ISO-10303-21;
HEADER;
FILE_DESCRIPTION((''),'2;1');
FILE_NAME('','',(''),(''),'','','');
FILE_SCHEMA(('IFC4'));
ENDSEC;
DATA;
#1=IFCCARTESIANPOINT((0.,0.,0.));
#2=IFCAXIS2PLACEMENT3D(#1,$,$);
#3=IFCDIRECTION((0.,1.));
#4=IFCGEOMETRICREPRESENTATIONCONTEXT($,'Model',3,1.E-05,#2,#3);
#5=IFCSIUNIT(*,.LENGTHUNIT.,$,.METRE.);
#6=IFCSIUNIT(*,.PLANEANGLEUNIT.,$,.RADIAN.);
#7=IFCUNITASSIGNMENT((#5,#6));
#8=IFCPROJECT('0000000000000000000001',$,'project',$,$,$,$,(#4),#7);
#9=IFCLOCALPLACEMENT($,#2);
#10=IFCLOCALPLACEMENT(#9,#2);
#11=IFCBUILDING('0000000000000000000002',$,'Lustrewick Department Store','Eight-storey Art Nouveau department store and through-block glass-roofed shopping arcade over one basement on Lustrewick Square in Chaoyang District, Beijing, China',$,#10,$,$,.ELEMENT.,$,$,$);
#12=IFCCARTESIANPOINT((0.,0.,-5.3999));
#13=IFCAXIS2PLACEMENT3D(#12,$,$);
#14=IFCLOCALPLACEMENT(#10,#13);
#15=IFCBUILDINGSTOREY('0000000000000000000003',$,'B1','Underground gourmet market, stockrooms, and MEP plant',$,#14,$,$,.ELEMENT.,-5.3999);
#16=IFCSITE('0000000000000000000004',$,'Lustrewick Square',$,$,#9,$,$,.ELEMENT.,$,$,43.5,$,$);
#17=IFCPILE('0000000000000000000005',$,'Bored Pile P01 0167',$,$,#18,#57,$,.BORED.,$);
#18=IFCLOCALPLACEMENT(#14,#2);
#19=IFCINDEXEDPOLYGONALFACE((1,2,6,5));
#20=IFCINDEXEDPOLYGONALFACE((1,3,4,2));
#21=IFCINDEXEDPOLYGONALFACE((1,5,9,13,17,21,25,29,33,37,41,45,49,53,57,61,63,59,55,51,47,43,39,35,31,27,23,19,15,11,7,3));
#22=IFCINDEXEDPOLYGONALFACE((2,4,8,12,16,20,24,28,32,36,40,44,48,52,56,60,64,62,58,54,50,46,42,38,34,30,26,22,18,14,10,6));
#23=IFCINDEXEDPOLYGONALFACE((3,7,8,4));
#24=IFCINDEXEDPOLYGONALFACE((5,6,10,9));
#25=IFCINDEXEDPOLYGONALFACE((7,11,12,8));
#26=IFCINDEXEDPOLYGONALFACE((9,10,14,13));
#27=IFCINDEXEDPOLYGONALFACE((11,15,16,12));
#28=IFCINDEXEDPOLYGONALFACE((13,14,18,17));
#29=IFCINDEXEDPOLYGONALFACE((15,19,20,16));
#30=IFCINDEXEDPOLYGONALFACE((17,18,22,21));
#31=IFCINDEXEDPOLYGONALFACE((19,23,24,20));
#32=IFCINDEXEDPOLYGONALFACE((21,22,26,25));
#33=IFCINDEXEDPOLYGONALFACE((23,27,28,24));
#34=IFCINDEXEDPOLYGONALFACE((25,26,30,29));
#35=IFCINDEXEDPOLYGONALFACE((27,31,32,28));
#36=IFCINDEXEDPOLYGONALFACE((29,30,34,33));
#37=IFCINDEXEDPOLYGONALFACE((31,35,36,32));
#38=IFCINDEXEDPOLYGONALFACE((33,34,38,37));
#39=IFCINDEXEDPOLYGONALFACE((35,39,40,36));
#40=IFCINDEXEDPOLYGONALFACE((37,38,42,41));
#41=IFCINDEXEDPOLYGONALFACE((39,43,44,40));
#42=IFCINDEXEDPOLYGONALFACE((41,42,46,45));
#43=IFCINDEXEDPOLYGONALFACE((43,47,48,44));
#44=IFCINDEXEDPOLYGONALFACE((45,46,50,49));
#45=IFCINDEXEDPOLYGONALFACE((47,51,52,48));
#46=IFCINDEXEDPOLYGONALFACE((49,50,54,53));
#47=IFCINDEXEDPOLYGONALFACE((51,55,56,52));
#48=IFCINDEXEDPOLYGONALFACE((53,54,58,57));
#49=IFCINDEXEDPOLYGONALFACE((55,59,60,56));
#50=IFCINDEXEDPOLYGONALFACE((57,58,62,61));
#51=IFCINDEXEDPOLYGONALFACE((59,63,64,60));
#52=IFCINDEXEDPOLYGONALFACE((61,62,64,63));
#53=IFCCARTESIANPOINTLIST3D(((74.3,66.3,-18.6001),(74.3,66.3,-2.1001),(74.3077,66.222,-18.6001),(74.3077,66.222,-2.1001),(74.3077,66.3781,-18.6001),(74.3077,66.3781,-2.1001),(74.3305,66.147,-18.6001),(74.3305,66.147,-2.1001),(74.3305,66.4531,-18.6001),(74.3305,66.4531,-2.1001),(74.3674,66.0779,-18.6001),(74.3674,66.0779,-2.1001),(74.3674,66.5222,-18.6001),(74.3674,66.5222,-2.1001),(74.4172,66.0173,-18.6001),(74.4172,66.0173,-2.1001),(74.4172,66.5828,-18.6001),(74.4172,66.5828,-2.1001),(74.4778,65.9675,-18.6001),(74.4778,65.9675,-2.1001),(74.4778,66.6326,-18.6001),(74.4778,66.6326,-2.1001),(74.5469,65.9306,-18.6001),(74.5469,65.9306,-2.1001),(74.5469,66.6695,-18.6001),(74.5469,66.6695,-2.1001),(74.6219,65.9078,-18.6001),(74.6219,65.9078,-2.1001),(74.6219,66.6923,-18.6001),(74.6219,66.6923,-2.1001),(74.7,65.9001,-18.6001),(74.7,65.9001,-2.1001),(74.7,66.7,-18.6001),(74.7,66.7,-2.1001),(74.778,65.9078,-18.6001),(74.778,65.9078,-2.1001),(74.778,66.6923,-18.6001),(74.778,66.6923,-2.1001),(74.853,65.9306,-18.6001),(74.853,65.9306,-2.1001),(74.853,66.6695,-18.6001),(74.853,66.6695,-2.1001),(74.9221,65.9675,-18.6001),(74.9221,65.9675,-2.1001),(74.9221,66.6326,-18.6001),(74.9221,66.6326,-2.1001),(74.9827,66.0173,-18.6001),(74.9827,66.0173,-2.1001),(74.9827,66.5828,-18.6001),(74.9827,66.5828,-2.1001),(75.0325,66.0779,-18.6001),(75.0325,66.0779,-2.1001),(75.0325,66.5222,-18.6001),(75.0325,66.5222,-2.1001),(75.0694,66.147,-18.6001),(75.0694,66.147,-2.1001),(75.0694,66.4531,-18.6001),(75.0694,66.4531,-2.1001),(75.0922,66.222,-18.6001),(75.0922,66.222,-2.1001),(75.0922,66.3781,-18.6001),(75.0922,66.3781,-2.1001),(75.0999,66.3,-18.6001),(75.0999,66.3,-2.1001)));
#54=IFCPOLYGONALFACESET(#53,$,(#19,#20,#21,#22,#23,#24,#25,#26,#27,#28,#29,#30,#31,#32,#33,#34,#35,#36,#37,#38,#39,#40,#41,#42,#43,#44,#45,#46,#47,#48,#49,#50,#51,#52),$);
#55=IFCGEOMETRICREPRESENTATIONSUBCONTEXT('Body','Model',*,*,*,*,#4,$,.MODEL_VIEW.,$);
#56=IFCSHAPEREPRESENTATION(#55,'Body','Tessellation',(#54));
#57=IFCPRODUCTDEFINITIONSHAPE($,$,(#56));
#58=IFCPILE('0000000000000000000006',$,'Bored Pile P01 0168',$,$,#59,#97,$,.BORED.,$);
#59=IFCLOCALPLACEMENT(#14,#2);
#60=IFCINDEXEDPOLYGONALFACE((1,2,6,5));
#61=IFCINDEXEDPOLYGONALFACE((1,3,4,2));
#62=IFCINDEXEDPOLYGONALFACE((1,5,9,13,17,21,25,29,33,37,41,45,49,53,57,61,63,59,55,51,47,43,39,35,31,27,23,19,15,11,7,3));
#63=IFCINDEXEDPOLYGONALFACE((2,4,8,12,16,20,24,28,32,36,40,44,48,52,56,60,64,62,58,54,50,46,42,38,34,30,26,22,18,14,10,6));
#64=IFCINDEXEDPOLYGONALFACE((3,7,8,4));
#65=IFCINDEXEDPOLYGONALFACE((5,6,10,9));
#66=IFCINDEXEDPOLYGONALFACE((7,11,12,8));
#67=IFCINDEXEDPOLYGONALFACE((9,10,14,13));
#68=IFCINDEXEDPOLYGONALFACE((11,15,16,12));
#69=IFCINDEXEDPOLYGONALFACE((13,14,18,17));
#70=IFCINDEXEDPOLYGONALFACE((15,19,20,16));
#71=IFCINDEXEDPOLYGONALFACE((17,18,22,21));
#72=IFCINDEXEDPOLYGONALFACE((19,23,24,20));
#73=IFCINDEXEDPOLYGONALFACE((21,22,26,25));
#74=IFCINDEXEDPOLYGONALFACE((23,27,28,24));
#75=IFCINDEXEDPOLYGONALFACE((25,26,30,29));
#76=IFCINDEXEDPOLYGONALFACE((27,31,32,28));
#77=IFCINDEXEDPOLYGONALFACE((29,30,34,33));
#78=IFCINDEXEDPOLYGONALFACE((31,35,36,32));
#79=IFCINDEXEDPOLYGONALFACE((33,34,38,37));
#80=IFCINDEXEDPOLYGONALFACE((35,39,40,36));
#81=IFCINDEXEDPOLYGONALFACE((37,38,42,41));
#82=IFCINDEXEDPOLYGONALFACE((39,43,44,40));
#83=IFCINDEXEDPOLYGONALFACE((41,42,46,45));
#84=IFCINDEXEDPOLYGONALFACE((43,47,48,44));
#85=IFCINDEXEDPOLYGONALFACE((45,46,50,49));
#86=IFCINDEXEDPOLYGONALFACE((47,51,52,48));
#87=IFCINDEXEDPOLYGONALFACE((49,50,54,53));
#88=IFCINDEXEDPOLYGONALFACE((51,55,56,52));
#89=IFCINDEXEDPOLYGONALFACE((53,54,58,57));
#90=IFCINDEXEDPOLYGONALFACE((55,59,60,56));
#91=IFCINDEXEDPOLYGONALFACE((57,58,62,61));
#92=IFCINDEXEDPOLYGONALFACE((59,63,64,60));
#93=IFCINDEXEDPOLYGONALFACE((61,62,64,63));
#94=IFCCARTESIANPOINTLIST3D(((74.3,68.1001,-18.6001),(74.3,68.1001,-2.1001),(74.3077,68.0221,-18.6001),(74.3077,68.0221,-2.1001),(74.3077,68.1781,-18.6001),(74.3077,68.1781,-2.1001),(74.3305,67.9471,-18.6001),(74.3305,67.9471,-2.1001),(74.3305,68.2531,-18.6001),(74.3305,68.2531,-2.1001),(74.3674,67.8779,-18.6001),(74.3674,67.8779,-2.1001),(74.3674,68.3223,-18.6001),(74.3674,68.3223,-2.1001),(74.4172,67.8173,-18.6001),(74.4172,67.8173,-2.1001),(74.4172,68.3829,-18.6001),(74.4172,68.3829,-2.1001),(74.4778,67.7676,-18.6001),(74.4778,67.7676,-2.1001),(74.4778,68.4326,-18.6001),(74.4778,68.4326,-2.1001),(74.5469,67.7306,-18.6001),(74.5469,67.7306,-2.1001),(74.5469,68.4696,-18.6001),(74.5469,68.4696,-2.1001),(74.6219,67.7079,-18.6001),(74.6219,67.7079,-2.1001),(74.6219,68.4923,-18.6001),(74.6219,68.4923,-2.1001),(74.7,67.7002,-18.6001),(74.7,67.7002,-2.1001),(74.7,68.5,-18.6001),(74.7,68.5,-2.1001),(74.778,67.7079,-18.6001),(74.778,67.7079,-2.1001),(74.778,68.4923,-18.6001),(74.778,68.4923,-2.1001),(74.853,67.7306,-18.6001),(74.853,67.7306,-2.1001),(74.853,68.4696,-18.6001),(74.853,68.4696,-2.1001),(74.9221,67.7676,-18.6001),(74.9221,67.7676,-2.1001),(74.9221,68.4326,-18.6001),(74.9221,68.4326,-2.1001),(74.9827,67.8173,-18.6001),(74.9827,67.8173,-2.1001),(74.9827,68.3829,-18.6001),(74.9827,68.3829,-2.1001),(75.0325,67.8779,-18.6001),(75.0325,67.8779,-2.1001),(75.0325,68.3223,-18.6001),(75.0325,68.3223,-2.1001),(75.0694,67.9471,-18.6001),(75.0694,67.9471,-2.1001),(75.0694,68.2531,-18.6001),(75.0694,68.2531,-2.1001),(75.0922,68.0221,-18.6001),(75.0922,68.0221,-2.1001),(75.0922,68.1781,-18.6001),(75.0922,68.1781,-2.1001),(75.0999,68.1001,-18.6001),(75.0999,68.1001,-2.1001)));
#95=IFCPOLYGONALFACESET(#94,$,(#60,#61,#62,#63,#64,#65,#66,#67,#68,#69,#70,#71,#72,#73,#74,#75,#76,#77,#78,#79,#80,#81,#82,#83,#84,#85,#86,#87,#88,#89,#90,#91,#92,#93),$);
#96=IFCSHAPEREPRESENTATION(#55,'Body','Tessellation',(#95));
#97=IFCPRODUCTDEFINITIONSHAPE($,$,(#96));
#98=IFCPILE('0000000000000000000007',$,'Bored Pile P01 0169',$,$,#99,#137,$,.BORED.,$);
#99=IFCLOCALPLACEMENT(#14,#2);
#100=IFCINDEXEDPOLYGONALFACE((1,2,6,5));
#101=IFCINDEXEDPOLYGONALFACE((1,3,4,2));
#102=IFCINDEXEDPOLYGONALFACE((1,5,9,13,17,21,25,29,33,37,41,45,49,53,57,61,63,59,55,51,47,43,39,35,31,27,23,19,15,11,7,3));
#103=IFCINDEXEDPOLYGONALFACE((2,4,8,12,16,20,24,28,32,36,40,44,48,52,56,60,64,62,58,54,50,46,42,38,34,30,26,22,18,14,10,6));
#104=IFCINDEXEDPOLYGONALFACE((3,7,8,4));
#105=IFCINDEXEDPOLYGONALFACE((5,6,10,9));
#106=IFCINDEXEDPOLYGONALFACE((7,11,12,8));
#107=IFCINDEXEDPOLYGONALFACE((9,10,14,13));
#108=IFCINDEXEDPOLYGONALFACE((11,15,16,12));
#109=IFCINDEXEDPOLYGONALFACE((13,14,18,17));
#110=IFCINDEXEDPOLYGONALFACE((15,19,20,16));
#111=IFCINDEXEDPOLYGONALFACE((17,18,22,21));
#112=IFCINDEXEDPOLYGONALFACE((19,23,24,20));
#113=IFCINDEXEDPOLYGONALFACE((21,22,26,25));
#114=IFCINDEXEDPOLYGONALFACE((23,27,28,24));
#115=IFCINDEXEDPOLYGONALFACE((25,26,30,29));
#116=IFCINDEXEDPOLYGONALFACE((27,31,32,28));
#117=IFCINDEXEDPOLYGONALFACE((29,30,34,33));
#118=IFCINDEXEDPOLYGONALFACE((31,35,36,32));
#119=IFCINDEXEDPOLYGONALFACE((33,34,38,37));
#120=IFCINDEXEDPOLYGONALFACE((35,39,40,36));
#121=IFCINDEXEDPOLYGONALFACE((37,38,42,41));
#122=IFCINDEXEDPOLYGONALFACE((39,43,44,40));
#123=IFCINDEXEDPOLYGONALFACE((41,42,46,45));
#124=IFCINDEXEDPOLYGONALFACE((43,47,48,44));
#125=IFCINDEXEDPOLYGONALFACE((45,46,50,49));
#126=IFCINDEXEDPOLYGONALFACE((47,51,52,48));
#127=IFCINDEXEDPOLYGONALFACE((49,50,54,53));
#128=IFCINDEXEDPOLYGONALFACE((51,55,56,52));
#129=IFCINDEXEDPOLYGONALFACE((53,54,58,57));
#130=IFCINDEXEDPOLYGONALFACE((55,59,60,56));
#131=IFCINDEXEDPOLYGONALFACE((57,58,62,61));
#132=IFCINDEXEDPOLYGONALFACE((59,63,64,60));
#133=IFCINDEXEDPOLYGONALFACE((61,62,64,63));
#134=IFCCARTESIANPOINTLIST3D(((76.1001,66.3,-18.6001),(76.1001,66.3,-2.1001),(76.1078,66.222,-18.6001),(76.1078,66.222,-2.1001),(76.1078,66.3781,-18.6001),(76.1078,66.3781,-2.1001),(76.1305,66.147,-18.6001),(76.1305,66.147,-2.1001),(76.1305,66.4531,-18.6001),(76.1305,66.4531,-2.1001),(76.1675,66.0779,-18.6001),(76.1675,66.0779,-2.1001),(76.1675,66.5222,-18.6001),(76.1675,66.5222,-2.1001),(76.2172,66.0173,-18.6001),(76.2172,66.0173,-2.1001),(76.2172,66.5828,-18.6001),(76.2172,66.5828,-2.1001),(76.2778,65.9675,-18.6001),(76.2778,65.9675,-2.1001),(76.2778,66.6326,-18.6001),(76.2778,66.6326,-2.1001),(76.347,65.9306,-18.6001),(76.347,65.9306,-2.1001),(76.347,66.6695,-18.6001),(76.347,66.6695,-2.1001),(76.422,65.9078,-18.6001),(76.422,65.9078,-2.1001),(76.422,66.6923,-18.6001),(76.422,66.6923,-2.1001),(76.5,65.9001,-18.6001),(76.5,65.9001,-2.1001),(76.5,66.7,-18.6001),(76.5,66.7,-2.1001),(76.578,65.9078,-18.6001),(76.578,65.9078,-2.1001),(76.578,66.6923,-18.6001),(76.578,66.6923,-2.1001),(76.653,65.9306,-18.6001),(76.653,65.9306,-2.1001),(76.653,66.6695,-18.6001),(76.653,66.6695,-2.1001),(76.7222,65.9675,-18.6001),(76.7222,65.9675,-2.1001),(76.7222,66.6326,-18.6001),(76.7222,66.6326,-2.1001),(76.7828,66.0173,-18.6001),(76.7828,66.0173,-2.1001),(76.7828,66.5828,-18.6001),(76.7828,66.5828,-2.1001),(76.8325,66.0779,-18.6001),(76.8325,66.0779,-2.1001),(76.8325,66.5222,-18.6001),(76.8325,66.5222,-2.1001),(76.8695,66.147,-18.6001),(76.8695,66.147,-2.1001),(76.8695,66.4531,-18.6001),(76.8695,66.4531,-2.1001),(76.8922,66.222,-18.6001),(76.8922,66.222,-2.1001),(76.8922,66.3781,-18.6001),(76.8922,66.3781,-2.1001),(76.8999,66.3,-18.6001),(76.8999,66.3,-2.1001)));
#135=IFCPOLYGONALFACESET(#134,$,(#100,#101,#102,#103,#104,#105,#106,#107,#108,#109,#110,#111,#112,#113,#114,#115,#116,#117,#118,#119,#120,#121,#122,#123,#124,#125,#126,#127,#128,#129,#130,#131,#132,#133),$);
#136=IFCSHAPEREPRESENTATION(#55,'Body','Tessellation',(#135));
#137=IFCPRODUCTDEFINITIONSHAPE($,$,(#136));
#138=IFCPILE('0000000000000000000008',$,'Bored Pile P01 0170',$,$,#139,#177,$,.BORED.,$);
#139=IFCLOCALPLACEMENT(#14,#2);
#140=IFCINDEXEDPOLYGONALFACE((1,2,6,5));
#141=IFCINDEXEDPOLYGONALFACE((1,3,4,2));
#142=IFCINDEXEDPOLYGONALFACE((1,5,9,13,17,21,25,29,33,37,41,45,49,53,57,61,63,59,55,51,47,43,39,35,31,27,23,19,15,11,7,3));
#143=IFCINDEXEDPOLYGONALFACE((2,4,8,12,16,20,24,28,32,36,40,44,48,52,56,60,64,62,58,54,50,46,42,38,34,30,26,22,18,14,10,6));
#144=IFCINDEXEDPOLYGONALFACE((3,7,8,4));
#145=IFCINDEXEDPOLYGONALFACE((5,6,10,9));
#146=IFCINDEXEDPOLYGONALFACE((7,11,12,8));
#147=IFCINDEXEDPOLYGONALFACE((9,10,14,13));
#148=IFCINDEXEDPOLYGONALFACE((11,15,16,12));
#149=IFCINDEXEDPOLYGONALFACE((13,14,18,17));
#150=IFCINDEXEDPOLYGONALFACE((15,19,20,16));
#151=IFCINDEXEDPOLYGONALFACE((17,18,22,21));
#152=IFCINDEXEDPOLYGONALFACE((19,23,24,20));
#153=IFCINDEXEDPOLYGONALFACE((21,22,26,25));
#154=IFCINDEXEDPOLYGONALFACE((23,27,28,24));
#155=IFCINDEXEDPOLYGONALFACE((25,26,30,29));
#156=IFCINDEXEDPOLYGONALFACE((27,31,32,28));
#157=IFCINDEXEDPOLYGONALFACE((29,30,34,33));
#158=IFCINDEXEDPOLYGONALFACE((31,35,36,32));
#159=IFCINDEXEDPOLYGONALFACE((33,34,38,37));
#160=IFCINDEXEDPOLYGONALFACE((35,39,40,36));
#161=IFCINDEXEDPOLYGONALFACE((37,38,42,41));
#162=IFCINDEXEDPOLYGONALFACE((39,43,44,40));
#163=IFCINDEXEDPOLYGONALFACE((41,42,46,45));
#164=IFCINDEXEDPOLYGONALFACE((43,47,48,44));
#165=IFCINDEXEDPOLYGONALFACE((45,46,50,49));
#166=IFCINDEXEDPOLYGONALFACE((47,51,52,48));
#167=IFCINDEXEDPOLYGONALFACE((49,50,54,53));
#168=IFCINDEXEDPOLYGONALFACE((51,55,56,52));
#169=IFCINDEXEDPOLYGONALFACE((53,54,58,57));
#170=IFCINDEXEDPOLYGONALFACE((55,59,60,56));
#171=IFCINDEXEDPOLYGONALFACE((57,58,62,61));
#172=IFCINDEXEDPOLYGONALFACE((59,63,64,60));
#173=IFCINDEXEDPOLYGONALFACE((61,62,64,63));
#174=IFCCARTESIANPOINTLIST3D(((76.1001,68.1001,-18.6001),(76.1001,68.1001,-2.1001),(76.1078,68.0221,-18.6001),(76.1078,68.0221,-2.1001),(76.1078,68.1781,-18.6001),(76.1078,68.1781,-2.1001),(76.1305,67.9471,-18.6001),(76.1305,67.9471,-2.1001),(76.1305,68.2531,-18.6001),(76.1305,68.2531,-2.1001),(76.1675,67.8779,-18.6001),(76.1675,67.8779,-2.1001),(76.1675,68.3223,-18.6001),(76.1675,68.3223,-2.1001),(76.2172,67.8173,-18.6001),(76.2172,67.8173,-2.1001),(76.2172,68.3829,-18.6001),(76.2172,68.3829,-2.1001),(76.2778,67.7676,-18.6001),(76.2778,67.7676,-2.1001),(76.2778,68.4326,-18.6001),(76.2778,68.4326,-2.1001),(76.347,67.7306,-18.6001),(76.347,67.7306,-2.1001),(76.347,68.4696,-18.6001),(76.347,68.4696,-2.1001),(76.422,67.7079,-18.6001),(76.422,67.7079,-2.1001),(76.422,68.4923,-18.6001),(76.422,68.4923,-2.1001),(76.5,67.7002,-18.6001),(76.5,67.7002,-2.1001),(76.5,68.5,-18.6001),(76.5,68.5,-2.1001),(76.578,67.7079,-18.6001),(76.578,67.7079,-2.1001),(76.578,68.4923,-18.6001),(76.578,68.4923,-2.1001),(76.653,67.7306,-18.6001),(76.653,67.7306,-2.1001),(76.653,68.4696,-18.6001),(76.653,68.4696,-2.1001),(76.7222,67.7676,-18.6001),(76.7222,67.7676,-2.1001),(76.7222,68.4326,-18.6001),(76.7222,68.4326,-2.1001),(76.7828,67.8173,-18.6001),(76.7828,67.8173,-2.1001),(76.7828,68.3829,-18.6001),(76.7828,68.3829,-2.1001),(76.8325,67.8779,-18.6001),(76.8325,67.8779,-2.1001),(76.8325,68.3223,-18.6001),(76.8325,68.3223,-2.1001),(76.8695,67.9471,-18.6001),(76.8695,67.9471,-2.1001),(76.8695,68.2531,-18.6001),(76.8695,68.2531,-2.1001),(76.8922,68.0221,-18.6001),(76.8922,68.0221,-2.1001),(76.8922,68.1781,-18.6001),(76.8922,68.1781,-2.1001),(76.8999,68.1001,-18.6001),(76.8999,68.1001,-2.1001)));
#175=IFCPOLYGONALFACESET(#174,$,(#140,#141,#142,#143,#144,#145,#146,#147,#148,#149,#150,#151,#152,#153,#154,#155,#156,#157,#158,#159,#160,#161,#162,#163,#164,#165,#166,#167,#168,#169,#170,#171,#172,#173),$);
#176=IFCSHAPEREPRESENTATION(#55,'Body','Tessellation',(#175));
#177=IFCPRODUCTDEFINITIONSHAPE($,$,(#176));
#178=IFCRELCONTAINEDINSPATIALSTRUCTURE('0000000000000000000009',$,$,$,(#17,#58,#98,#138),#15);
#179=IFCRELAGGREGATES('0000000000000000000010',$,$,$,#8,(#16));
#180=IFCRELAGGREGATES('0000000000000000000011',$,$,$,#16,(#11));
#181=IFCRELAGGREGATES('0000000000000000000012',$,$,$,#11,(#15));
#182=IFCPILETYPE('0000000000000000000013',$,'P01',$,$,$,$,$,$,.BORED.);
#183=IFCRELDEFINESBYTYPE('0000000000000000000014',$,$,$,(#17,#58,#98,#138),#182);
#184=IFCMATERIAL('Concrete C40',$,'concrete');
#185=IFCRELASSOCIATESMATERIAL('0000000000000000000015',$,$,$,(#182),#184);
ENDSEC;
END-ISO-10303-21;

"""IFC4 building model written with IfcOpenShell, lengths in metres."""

from ifc_helpers import new_model, si_unit, direction, frame, origin, origin_2d, place, context, subcontext, project, spatial, circle, extrude, material, material_profile, profile_set, type_object, element, save


model = new_model("IFC4")

# Units and contexts
model_context = context("Model", 3, precision=1e-05, world=origin(), true_north=direction((0.0, 1.0)))
body_context = subcontext(model_context, "Body", "Model", "MODEL_VIEW")
ifc_project = project(units=[si_unit("LENGTHUNIT", "METRE"), si_unit("PLANEANGLEUNIT", "RADIAN")], contexts=[model_context])

# Site, building, storey
site_placement = place(None, origin())
site = spatial("IfcSite", under=ifc_project, at=site_placement, Name="Lustrewick Square", CompositionType="ELEMENT", RefElevation=43.5)
building_placement = place(site_placement, origin())
building = spatial("IfcBuilding", under=site, at=building_placement, Name="Lustrewick Department Store", Description="Eight-storey Art Nouveau department store and through-block glass-roofed shopping arcade over one basement on Lustrewick Square in Chaoyang District, Beijing, China", CompositionType="ELEMENT")
storey_placement = place(building_placement, frame((0.0, 0.0, -5.3999)))
storey = spatial("IfcBuildingStorey", under=building, at=storey_placement, Name="B1", Description="Underground gourmet market, stockrooms, and MEP plant", CompositionType="ELEMENT", Elevation=-5.3999)

# Piles
ifc_material_1 = material(Name="Concrete C40", Category="concrete")
ifc_material_profile_1 = material_profile(ifc_material_1, circle(Radius=0.3999, at=origin_2d()), Name="PILE D800")
ifc_profile_set_1 = profile_set([ifc_material_profile_1], Name="Concrete C40")
pile_type_1 = type_object("IfcPileType", Name="P01", PredefinedType="BORED", material=ifc_profile_set_1)
for number, where, z_axis, x_axis, name in (
    (1, (74.7, 66.3, -2.1001), (0.0, 0.0, -1.0), (1.0, 0.0, 0.0), "Bored Pile P01 0167"),
    (2, (74.7, 68.1001, -2.1001), (0.0, 0.0, -1.0), (1.0, 0.0, 0.0), "Bored Pile P01 0168"),
    (3, (76.5, 66.3, -2.1001), (0.0, 0.0, -1.0), (1.0, 0.0, 0.0), "Bored Pile P01 0169"),
    (4, (76.5, 68.1001, -2.1001), (0.0, 0.0, -1.0), (1.0, 0.0, 0.0), "Bored Pile P01 0170"),
):
    element("IfcPile", number, at=place(storey_placement, frame(where, z_axis=z_axis, x_axis=x_axis)), inside=storey, type_object=pile_type_1, Name=name, PredefinedType="BORED", context=body_context, shape_type="SweptSolid", body=[
        extrude(circle(Radius=0.3999, at=origin_2d()), origin(), (0.0, 0.0, 1.0), 16.5),
    ])

save(model, "model.ifc")
